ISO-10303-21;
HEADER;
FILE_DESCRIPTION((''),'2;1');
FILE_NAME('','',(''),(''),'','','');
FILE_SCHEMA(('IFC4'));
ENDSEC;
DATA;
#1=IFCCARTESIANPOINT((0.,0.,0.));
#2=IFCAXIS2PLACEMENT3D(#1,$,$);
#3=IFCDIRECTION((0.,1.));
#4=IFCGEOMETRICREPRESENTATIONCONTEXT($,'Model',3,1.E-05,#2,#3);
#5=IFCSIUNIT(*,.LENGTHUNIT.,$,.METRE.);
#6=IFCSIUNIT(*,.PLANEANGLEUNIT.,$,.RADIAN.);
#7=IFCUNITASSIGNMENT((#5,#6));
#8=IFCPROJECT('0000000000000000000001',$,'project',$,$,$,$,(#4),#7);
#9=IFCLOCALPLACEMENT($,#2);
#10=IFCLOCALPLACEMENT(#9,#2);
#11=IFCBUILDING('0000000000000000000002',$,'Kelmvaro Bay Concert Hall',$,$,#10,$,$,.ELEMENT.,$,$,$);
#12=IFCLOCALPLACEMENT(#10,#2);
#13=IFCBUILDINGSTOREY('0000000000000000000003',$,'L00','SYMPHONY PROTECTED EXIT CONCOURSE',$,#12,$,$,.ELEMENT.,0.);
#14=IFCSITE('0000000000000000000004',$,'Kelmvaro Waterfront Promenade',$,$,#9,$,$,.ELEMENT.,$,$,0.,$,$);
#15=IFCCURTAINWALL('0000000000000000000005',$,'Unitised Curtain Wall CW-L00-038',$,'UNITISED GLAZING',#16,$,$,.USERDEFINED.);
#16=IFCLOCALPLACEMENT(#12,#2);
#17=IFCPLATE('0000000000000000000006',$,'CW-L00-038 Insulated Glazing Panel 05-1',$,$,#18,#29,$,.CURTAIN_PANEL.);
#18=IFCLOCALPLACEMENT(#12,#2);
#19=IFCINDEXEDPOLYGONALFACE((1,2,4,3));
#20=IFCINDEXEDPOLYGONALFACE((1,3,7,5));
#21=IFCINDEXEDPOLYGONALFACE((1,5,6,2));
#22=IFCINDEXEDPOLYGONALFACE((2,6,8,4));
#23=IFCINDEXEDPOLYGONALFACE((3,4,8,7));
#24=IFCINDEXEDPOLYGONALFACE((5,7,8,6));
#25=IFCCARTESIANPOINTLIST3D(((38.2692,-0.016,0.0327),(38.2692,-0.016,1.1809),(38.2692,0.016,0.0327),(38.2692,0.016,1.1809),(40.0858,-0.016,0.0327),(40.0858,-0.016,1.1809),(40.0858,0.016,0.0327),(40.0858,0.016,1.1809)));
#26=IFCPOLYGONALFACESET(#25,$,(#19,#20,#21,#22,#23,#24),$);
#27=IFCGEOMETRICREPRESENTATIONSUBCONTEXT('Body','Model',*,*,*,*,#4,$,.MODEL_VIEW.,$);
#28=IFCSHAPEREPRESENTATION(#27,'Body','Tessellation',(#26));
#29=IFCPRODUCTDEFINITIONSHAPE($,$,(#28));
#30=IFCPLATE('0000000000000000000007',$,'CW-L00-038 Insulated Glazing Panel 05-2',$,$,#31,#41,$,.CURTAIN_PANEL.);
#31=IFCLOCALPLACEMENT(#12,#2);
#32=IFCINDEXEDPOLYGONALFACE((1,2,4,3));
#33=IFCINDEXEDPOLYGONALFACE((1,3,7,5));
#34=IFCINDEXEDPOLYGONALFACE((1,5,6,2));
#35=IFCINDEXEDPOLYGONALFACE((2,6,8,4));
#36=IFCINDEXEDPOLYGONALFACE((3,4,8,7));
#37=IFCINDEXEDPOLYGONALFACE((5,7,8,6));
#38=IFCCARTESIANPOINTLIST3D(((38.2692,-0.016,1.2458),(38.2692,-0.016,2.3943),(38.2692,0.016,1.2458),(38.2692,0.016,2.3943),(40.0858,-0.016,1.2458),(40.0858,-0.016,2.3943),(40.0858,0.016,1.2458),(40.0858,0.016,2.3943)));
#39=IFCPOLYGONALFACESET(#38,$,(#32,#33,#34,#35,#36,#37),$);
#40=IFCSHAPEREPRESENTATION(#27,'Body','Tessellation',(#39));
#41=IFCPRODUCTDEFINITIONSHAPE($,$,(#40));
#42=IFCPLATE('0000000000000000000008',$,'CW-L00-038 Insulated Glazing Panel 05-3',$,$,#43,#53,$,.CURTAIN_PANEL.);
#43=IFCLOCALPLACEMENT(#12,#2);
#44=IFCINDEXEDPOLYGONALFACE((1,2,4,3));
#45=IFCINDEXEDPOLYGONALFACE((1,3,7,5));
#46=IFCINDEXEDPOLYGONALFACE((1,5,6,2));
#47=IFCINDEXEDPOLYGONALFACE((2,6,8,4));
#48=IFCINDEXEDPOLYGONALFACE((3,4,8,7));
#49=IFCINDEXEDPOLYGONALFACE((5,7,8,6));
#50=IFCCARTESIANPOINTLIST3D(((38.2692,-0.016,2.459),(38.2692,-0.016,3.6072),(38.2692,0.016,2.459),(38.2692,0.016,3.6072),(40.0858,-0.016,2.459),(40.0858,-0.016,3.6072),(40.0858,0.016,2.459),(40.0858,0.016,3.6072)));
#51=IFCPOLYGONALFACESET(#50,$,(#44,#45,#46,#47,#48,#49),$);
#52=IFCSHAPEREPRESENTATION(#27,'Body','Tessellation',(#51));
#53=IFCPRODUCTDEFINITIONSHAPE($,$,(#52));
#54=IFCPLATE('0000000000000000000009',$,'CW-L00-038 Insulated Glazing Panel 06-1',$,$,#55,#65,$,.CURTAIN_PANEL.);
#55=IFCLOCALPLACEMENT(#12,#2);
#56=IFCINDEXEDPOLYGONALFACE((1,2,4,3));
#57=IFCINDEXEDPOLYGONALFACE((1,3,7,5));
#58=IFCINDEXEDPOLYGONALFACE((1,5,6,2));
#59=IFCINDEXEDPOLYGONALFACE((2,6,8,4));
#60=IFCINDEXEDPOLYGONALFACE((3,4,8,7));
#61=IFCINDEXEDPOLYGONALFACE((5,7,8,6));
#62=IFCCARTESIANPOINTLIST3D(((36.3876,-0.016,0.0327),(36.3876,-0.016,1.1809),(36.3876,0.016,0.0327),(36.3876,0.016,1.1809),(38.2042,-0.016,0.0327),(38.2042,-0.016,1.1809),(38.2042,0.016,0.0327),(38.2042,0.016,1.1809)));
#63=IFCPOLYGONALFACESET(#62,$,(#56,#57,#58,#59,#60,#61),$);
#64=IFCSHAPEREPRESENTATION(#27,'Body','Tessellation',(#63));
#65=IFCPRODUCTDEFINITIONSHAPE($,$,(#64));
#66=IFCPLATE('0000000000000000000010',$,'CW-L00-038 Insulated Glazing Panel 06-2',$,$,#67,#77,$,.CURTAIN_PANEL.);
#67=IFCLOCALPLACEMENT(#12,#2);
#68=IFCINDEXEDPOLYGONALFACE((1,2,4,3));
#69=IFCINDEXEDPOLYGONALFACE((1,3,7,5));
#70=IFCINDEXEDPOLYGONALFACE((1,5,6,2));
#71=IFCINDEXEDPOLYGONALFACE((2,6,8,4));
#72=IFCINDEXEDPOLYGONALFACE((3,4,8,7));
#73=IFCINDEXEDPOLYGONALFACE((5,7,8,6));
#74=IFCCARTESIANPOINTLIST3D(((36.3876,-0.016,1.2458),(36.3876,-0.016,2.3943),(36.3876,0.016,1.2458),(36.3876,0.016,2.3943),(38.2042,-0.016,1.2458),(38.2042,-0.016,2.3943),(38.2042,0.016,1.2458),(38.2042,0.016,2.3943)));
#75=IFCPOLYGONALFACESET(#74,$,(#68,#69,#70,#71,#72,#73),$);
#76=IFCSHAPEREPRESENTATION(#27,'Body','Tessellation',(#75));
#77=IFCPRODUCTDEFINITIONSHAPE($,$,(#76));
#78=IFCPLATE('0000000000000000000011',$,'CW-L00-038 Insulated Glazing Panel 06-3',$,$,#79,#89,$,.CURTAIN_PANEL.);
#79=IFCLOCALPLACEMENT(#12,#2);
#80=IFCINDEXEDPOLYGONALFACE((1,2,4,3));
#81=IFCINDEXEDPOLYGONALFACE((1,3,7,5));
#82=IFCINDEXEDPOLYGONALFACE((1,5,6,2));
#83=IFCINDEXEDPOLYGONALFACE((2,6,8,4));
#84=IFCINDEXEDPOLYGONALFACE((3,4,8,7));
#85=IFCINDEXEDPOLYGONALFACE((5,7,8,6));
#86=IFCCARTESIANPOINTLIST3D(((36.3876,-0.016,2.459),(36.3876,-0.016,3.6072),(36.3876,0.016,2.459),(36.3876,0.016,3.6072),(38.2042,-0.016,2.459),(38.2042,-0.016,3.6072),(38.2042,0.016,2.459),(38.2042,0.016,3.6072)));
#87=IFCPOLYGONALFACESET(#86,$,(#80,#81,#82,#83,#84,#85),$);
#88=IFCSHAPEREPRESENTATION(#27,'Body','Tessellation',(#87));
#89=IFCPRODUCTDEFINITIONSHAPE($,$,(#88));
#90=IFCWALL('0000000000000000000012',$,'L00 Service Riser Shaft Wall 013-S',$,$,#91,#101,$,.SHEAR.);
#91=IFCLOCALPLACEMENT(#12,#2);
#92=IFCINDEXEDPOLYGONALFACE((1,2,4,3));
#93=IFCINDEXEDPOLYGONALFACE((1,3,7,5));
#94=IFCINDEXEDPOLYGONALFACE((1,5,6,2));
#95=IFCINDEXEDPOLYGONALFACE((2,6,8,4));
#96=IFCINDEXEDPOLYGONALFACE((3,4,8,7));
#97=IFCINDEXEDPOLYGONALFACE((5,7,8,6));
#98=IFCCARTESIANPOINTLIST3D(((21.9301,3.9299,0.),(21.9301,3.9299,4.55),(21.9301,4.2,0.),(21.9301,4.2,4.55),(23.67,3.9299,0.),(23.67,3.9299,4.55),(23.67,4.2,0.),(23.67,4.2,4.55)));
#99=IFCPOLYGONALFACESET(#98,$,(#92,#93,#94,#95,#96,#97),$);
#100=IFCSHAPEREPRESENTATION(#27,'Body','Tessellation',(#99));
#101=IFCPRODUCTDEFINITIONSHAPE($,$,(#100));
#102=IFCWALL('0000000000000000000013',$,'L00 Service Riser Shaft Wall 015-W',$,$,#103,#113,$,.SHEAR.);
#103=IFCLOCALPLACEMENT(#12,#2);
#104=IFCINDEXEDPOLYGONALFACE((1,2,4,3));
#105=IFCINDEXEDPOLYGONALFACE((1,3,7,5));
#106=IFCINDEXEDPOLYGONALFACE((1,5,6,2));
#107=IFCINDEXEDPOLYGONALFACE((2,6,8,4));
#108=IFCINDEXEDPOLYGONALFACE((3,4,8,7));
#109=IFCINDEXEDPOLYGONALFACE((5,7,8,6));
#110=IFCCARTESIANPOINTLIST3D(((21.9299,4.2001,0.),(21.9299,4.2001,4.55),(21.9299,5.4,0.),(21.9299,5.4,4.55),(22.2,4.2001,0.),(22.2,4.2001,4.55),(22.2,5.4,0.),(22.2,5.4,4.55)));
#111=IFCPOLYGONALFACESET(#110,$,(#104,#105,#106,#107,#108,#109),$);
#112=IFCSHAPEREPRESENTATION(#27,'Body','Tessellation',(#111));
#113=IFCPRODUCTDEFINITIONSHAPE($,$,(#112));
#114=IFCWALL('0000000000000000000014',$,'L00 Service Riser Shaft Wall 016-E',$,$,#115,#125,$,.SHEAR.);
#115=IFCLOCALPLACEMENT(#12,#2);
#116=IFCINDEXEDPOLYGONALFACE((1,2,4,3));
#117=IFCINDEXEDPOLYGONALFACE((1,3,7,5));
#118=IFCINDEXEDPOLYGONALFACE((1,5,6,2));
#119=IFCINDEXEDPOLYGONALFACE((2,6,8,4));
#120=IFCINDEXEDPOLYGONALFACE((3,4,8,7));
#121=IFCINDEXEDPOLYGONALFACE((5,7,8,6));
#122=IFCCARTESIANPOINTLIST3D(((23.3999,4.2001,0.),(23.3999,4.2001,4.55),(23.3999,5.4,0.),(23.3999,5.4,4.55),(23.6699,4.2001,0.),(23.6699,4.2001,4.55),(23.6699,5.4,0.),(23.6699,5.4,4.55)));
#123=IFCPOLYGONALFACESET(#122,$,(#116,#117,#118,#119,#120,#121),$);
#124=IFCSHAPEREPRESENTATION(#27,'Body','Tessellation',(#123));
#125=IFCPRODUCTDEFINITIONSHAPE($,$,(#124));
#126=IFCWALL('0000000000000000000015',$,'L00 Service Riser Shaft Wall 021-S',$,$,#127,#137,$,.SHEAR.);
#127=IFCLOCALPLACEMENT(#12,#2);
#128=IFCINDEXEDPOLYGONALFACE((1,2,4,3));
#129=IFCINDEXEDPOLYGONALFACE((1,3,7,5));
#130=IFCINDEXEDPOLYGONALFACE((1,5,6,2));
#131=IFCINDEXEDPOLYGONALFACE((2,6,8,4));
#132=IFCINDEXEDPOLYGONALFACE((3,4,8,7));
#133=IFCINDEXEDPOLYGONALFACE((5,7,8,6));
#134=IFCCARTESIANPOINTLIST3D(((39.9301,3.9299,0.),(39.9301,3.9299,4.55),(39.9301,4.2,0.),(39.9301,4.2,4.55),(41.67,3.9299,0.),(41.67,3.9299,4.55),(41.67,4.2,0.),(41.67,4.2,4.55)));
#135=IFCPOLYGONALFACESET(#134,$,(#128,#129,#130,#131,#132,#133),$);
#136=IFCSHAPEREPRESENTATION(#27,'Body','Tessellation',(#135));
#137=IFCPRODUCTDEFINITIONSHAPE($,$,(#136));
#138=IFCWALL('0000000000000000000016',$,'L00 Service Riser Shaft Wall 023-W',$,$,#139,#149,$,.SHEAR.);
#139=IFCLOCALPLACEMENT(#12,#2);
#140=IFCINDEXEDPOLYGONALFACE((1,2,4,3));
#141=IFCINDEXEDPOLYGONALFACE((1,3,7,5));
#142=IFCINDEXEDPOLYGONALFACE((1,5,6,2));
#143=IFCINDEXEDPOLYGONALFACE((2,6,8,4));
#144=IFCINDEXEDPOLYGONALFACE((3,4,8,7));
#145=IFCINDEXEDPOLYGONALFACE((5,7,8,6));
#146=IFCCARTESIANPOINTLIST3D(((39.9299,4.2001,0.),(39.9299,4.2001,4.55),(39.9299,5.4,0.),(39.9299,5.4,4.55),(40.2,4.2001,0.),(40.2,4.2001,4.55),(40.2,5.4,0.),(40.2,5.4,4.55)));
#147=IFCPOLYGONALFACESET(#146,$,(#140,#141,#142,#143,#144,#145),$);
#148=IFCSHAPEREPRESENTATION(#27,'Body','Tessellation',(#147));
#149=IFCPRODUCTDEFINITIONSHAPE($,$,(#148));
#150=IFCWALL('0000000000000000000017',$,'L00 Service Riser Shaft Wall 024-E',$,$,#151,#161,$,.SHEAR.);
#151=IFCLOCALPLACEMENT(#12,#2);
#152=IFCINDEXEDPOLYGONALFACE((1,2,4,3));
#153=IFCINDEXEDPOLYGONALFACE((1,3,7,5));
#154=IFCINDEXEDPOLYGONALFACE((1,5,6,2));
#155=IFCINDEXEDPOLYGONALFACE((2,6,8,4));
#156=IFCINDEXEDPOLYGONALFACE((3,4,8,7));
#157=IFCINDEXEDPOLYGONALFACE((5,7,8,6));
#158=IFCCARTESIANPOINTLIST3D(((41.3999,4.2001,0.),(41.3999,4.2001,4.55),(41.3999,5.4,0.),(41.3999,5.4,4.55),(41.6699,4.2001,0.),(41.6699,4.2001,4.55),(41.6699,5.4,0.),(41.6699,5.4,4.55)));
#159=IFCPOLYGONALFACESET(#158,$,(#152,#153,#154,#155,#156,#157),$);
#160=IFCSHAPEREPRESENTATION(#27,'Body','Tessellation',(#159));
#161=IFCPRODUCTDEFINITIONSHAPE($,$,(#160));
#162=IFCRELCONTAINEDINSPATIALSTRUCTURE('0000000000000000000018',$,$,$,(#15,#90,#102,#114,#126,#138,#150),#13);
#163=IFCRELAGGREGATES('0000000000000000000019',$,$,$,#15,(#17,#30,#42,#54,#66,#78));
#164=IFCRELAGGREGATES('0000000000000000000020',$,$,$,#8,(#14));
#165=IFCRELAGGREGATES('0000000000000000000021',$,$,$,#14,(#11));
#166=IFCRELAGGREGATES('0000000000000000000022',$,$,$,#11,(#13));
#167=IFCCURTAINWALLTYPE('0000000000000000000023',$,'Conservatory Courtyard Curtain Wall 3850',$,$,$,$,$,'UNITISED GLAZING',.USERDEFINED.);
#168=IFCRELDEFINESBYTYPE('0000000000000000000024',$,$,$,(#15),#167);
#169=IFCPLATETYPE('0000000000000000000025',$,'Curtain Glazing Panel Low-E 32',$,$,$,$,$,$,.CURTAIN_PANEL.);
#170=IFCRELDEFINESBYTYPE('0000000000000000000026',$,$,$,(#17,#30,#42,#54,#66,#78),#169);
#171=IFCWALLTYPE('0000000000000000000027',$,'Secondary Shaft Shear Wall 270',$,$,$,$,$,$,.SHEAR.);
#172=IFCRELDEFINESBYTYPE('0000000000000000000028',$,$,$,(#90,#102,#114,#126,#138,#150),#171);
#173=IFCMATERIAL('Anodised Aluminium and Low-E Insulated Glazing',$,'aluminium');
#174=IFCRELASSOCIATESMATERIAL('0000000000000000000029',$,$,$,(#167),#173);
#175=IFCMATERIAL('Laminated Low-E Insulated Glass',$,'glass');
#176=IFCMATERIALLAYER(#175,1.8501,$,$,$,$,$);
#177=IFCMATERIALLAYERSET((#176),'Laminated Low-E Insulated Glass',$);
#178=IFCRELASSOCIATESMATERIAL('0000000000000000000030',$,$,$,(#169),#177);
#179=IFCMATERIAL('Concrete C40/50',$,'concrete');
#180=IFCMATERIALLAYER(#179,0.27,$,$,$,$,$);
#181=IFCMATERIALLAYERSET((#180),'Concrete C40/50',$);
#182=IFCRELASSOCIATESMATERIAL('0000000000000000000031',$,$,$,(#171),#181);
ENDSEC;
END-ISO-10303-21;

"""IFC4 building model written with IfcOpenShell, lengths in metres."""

from ifc_helpers import new_model, si_unit, direction, frame, frame_2d, origin, origin_2d, place, context, subcontext, project, spatial, rectangle, extrude, material, layer, layer_set, type_object, element, aggregate, save


model = new_model("IFC4")

# Units and contexts
model_context = context("Model", 3, precision=1e-05, world=origin(), true_north=direction((0.0, 1.0)))
body_context = subcontext(model_context, "Body", "Model", "MODEL_VIEW")
ifc_project = project(units=[si_unit("LENGTHUNIT", "METRE"), si_unit("PLANEANGLEUNIT", "RADIAN")], contexts=[model_context])

# Site, building, storey
site_placement = place(None, origin())
site = spatial("IfcSite", under=ifc_project, at=site_placement, Name="Kelmvaro Waterfront Promenade", CompositionType="ELEMENT", RefElevation=0.0)
building_placement = place(site_placement, origin())
building = spatial("IfcBuilding", under=site, at=building_placement, Name="Kelmvaro Bay Concert Hall", CompositionType="ELEMENT")
storey_placement = place(building_placement, origin())
storey = spatial("IfcBuildingStorey", under=building, at=storey_placement, Name="L00", Description="SYMPHONY PROTECTED EXIT CONCOURSE", CompositionType="ELEMENT", Elevation=0.0)

# Curtain wall, plates
ifc_material_1 = material(Name="Anodised Aluminium and Low-E Insulated Glazing", Category="aluminium")
curtain_wall_type = type_object("IfcCurtainWallType", Name="Conservatory Courtyard Curtain Wall 3850", ElementType="UNITISED GLAZING", PredefinedType="USERDEFINED", material=ifc_material_1)
curtain_wall_placement = place(storey_placement, origin())
curtain_wall = element("IfcCurtainWall", 1, at=curtain_wall_placement, inside=storey, type_object=curtain_wall_type, Name="Unitised Curtain Wall CW-L00-038", ObjectType="UNITISED GLAZING", PredefinedType="USERDEFINED")
ifc_material_2 = material(Name="Laminated Low-E Insulated Glass", Category="glass")
ifc_layer_1 = layer(ifc_material_2, 1.8501)
ifc_layer_set_1 = layer_set([ifc_layer_1], Name="Laminated Low-E Insulated Glass")
plate_type = type_object("IfcPlateType", Name="Curtain Glazing Panel Low-E 32", PredefinedType="CURTAIN_PANEL", material=ifc_layer_set_1)
plate_1_placement = place(storey_placement, frame((39.1775, 0.0, 0.0327), z_axis=(0.0, 0.0, 1.0), x_axis=(-1.0, 0.0, 0.0)))
plate_1 = element("IfcPlate", 2, at=plate_1_placement, type_object=plate_type, Name="CW-L00-038 Insulated Glazing Panel 05-1", PredefinedType="CURTAIN_PANEL", context=body_context, shape_type="SweptSolid", body=[
    extrude(rectangle(XDim=1.8167, YDim=0.032, at=origin_2d()), origin(), (0.0, 0.0, 1.0), 1.1482),
])
plate_2_placement = place(storey_placement, frame((39.1775, 0.0, 1.2458), z_axis=(0.0, 0.0, 1.0), x_axis=(-1.0, 0.0, 0.0)))
plate_2 = element("IfcPlate", 3, at=plate_2_placement, type_object=plate_type, Name="CW-L00-038 Insulated Glazing Panel 05-2", PredefinedType="CURTAIN_PANEL", context=body_context, shape_type="SweptSolid", body=[
    extrude(rectangle(XDim=1.8167, YDim=0.032, at=origin_2d()), origin(), (0.0, 0.0, 1.0), 1.1484),
])
plate_3_placement = place(storey_placement, frame((39.1775, 0.0, 2.459), z_axis=(0.0, 0.0, 1.0), x_axis=(-1.0, 0.0, 0.0)))
plate_3 = element("IfcPlate", 4, at=plate_3_placement, type_object=plate_type, Name="CW-L00-038 Insulated Glazing Panel 05-3", PredefinedType="CURTAIN_PANEL", context=body_context, shape_type="SweptSolid", body=[
    extrude(rectangle(XDim=1.8167, YDim=0.032, at=origin_2d()), origin(), (0.0, 0.0, 1.0), 1.1482),
])
plate_4_placement = place(storey_placement, frame((37.2959, 0.0, 0.0327), z_axis=(0.0, 0.0, 1.0), x_axis=(-1.0, 0.0, 0.0)))
plate_4 = element("IfcPlate", 5, at=plate_4_placement, type_object=plate_type, Name="CW-L00-038 Insulated Glazing Panel 06-1", PredefinedType="CURTAIN_PANEL", context=body_context, shape_type="SweptSolid", body=[
    extrude(rectangle(XDim=1.8167, YDim=0.032, at=origin_2d()), origin(), (0.0, 0.0, 1.0), 1.1482),
])
plate_5_placement = place(storey_placement, frame((37.2959, 0.0, 1.2458), z_axis=(0.0, 0.0, 1.0), x_axis=(-1.0, 0.0, 0.0)))
plate_5 = element("IfcPlate", 6, at=plate_5_placement, type_object=plate_type, Name="CW-L00-038 Insulated Glazing Panel 06-2", PredefinedType="CURTAIN_PANEL", context=body_context, shape_type="SweptSolid", body=[
    extrude(rectangle(XDim=1.8167, YDim=0.032, at=origin_2d()), origin(), (0.0, 0.0, 1.0), 1.1484),
])
plate_6_placement = place(storey_placement, frame((37.2959, 0.0, 2.459), z_axis=(0.0, 0.0, 1.0), x_axis=(-1.0, 0.0, 0.0)))
plate_6 = element("IfcPlate", 7, at=plate_6_placement, type_object=plate_type, Name="CW-L00-038 Insulated Glazing Panel 06-3", PredefinedType="CURTAIN_PANEL", context=body_context, shape_type="SweptSolid", body=[
    extrude(rectangle(XDim=1.8167, YDim=0.032, at=origin_2d()), origin(), (0.0, 0.0, 1.0), 1.1482),
])
aggregate(curtain_wall, [plate_1, plate_2, plate_3, plate_4, plate_5, plate_6])

# Walls
ifc_material_3 = material(Name="Concrete C40/50", Category="concrete")
ifc_layer_2 = layer(ifc_material_3, 0.27)
ifc_layer_set_2 = layer_set([ifc_layer_2], Name="Concrete C40/50")
wall_type_1 = type_object("IfcWallType", Name="Secondary Shaft Shear Wall 270", PredefinedType="SHEAR", material=ifc_layer_set_2)
wall_1_placement = place(storey_placement, frame((21.9299, 4.0649, 0.0), z_axis=(0.0, 0.0, 1.0), x_axis=(1.0, 0.0, 0.0)))
element("IfcWall", 8, at=wall_1_placement, inside=storey, type_object=wall_type_1, Name="L00 Service Riser Shaft Wall 013-S", PredefinedType="SHEAR", context=body_context, shape_type="SweptSolid", body=[
    extrude(rectangle(XDim=1.74, YDim=0.27, at=frame_2d((0.8701, 0.0))), origin(), (0.0, 0.0, 1.0), 4.55),
])
for number, where, z_axis, x_axis, name in (
    (9, (22.0649, 4.2, 0.0), (0.0, 0.0, 1.0), (0.0, 1.0, 0.0), "L00 Service Riser Shaft Wall 015-W"),
    (10, (23.5349, 4.2, 0.0), (0.0, 0.0, 1.0), (0.0, 1.0, 0.0), "L00 Service Riser Shaft Wall 016-E"),
):
    element("IfcWall", number, at=place(storey_placement, frame(where, z_axis=z_axis, x_axis=x_axis)), inside=storey, type_object=wall_type_1, Name=name, PredefinedType="SHEAR", context=body_context, shape_type="SweptSolid", body=[
        extrude(rectangle(XDim=1.2, YDim=0.27, at=frame_2d((0.6001, 0.0))), origin(), (0.0, 0.0, 1.0), 4.55),
    ])
wall_2_placement = place(storey_placement, frame((39.9299, 4.0649, 0.0), z_axis=(0.0, 0.0, 1.0), x_axis=(1.0, 0.0, 0.0)))
element("IfcWall", 11, at=wall_2_placement, inside=storey, type_object=wall_type_1, Name="L00 Service Riser Shaft Wall 021-S", PredefinedType="SHEAR", context=body_context, shape_type="SweptSolid", body=[
    extrude(rectangle(XDim=1.74, YDim=0.27, at=frame_2d((0.8701, 0.0))), origin(), (0.0, 0.0, 1.0), 4.55),
])
for number, where, z_axis, x_axis, name in (
    (12, (40.0649, 4.2, 0.0), (0.0, 0.0, 1.0), (0.0, 1.0, 0.0), "L00 Service Riser Shaft Wall 023-W"),
    (13, (41.5349, 4.2, 0.0), (0.0, 0.0, 1.0), (0.0, 1.0, 0.0), "L00 Service Riser Shaft Wall 024-E"),
):
    element("IfcWall", number, at=place(storey_placement, frame(where, z_axis=z_axis, x_axis=x_axis)), inside=storey, type_object=wall_type_1, Name=name, PredefinedType="SHEAR", context=body_context, shape_type="SweptSolid", body=[
        extrude(rectangle(XDim=1.2, YDim=0.27, at=frame_2d((0.6001, 0.0))), origin(), (0.0, 0.0, 1.0), 4.55),
    ])

save(model, "model.ifc")
